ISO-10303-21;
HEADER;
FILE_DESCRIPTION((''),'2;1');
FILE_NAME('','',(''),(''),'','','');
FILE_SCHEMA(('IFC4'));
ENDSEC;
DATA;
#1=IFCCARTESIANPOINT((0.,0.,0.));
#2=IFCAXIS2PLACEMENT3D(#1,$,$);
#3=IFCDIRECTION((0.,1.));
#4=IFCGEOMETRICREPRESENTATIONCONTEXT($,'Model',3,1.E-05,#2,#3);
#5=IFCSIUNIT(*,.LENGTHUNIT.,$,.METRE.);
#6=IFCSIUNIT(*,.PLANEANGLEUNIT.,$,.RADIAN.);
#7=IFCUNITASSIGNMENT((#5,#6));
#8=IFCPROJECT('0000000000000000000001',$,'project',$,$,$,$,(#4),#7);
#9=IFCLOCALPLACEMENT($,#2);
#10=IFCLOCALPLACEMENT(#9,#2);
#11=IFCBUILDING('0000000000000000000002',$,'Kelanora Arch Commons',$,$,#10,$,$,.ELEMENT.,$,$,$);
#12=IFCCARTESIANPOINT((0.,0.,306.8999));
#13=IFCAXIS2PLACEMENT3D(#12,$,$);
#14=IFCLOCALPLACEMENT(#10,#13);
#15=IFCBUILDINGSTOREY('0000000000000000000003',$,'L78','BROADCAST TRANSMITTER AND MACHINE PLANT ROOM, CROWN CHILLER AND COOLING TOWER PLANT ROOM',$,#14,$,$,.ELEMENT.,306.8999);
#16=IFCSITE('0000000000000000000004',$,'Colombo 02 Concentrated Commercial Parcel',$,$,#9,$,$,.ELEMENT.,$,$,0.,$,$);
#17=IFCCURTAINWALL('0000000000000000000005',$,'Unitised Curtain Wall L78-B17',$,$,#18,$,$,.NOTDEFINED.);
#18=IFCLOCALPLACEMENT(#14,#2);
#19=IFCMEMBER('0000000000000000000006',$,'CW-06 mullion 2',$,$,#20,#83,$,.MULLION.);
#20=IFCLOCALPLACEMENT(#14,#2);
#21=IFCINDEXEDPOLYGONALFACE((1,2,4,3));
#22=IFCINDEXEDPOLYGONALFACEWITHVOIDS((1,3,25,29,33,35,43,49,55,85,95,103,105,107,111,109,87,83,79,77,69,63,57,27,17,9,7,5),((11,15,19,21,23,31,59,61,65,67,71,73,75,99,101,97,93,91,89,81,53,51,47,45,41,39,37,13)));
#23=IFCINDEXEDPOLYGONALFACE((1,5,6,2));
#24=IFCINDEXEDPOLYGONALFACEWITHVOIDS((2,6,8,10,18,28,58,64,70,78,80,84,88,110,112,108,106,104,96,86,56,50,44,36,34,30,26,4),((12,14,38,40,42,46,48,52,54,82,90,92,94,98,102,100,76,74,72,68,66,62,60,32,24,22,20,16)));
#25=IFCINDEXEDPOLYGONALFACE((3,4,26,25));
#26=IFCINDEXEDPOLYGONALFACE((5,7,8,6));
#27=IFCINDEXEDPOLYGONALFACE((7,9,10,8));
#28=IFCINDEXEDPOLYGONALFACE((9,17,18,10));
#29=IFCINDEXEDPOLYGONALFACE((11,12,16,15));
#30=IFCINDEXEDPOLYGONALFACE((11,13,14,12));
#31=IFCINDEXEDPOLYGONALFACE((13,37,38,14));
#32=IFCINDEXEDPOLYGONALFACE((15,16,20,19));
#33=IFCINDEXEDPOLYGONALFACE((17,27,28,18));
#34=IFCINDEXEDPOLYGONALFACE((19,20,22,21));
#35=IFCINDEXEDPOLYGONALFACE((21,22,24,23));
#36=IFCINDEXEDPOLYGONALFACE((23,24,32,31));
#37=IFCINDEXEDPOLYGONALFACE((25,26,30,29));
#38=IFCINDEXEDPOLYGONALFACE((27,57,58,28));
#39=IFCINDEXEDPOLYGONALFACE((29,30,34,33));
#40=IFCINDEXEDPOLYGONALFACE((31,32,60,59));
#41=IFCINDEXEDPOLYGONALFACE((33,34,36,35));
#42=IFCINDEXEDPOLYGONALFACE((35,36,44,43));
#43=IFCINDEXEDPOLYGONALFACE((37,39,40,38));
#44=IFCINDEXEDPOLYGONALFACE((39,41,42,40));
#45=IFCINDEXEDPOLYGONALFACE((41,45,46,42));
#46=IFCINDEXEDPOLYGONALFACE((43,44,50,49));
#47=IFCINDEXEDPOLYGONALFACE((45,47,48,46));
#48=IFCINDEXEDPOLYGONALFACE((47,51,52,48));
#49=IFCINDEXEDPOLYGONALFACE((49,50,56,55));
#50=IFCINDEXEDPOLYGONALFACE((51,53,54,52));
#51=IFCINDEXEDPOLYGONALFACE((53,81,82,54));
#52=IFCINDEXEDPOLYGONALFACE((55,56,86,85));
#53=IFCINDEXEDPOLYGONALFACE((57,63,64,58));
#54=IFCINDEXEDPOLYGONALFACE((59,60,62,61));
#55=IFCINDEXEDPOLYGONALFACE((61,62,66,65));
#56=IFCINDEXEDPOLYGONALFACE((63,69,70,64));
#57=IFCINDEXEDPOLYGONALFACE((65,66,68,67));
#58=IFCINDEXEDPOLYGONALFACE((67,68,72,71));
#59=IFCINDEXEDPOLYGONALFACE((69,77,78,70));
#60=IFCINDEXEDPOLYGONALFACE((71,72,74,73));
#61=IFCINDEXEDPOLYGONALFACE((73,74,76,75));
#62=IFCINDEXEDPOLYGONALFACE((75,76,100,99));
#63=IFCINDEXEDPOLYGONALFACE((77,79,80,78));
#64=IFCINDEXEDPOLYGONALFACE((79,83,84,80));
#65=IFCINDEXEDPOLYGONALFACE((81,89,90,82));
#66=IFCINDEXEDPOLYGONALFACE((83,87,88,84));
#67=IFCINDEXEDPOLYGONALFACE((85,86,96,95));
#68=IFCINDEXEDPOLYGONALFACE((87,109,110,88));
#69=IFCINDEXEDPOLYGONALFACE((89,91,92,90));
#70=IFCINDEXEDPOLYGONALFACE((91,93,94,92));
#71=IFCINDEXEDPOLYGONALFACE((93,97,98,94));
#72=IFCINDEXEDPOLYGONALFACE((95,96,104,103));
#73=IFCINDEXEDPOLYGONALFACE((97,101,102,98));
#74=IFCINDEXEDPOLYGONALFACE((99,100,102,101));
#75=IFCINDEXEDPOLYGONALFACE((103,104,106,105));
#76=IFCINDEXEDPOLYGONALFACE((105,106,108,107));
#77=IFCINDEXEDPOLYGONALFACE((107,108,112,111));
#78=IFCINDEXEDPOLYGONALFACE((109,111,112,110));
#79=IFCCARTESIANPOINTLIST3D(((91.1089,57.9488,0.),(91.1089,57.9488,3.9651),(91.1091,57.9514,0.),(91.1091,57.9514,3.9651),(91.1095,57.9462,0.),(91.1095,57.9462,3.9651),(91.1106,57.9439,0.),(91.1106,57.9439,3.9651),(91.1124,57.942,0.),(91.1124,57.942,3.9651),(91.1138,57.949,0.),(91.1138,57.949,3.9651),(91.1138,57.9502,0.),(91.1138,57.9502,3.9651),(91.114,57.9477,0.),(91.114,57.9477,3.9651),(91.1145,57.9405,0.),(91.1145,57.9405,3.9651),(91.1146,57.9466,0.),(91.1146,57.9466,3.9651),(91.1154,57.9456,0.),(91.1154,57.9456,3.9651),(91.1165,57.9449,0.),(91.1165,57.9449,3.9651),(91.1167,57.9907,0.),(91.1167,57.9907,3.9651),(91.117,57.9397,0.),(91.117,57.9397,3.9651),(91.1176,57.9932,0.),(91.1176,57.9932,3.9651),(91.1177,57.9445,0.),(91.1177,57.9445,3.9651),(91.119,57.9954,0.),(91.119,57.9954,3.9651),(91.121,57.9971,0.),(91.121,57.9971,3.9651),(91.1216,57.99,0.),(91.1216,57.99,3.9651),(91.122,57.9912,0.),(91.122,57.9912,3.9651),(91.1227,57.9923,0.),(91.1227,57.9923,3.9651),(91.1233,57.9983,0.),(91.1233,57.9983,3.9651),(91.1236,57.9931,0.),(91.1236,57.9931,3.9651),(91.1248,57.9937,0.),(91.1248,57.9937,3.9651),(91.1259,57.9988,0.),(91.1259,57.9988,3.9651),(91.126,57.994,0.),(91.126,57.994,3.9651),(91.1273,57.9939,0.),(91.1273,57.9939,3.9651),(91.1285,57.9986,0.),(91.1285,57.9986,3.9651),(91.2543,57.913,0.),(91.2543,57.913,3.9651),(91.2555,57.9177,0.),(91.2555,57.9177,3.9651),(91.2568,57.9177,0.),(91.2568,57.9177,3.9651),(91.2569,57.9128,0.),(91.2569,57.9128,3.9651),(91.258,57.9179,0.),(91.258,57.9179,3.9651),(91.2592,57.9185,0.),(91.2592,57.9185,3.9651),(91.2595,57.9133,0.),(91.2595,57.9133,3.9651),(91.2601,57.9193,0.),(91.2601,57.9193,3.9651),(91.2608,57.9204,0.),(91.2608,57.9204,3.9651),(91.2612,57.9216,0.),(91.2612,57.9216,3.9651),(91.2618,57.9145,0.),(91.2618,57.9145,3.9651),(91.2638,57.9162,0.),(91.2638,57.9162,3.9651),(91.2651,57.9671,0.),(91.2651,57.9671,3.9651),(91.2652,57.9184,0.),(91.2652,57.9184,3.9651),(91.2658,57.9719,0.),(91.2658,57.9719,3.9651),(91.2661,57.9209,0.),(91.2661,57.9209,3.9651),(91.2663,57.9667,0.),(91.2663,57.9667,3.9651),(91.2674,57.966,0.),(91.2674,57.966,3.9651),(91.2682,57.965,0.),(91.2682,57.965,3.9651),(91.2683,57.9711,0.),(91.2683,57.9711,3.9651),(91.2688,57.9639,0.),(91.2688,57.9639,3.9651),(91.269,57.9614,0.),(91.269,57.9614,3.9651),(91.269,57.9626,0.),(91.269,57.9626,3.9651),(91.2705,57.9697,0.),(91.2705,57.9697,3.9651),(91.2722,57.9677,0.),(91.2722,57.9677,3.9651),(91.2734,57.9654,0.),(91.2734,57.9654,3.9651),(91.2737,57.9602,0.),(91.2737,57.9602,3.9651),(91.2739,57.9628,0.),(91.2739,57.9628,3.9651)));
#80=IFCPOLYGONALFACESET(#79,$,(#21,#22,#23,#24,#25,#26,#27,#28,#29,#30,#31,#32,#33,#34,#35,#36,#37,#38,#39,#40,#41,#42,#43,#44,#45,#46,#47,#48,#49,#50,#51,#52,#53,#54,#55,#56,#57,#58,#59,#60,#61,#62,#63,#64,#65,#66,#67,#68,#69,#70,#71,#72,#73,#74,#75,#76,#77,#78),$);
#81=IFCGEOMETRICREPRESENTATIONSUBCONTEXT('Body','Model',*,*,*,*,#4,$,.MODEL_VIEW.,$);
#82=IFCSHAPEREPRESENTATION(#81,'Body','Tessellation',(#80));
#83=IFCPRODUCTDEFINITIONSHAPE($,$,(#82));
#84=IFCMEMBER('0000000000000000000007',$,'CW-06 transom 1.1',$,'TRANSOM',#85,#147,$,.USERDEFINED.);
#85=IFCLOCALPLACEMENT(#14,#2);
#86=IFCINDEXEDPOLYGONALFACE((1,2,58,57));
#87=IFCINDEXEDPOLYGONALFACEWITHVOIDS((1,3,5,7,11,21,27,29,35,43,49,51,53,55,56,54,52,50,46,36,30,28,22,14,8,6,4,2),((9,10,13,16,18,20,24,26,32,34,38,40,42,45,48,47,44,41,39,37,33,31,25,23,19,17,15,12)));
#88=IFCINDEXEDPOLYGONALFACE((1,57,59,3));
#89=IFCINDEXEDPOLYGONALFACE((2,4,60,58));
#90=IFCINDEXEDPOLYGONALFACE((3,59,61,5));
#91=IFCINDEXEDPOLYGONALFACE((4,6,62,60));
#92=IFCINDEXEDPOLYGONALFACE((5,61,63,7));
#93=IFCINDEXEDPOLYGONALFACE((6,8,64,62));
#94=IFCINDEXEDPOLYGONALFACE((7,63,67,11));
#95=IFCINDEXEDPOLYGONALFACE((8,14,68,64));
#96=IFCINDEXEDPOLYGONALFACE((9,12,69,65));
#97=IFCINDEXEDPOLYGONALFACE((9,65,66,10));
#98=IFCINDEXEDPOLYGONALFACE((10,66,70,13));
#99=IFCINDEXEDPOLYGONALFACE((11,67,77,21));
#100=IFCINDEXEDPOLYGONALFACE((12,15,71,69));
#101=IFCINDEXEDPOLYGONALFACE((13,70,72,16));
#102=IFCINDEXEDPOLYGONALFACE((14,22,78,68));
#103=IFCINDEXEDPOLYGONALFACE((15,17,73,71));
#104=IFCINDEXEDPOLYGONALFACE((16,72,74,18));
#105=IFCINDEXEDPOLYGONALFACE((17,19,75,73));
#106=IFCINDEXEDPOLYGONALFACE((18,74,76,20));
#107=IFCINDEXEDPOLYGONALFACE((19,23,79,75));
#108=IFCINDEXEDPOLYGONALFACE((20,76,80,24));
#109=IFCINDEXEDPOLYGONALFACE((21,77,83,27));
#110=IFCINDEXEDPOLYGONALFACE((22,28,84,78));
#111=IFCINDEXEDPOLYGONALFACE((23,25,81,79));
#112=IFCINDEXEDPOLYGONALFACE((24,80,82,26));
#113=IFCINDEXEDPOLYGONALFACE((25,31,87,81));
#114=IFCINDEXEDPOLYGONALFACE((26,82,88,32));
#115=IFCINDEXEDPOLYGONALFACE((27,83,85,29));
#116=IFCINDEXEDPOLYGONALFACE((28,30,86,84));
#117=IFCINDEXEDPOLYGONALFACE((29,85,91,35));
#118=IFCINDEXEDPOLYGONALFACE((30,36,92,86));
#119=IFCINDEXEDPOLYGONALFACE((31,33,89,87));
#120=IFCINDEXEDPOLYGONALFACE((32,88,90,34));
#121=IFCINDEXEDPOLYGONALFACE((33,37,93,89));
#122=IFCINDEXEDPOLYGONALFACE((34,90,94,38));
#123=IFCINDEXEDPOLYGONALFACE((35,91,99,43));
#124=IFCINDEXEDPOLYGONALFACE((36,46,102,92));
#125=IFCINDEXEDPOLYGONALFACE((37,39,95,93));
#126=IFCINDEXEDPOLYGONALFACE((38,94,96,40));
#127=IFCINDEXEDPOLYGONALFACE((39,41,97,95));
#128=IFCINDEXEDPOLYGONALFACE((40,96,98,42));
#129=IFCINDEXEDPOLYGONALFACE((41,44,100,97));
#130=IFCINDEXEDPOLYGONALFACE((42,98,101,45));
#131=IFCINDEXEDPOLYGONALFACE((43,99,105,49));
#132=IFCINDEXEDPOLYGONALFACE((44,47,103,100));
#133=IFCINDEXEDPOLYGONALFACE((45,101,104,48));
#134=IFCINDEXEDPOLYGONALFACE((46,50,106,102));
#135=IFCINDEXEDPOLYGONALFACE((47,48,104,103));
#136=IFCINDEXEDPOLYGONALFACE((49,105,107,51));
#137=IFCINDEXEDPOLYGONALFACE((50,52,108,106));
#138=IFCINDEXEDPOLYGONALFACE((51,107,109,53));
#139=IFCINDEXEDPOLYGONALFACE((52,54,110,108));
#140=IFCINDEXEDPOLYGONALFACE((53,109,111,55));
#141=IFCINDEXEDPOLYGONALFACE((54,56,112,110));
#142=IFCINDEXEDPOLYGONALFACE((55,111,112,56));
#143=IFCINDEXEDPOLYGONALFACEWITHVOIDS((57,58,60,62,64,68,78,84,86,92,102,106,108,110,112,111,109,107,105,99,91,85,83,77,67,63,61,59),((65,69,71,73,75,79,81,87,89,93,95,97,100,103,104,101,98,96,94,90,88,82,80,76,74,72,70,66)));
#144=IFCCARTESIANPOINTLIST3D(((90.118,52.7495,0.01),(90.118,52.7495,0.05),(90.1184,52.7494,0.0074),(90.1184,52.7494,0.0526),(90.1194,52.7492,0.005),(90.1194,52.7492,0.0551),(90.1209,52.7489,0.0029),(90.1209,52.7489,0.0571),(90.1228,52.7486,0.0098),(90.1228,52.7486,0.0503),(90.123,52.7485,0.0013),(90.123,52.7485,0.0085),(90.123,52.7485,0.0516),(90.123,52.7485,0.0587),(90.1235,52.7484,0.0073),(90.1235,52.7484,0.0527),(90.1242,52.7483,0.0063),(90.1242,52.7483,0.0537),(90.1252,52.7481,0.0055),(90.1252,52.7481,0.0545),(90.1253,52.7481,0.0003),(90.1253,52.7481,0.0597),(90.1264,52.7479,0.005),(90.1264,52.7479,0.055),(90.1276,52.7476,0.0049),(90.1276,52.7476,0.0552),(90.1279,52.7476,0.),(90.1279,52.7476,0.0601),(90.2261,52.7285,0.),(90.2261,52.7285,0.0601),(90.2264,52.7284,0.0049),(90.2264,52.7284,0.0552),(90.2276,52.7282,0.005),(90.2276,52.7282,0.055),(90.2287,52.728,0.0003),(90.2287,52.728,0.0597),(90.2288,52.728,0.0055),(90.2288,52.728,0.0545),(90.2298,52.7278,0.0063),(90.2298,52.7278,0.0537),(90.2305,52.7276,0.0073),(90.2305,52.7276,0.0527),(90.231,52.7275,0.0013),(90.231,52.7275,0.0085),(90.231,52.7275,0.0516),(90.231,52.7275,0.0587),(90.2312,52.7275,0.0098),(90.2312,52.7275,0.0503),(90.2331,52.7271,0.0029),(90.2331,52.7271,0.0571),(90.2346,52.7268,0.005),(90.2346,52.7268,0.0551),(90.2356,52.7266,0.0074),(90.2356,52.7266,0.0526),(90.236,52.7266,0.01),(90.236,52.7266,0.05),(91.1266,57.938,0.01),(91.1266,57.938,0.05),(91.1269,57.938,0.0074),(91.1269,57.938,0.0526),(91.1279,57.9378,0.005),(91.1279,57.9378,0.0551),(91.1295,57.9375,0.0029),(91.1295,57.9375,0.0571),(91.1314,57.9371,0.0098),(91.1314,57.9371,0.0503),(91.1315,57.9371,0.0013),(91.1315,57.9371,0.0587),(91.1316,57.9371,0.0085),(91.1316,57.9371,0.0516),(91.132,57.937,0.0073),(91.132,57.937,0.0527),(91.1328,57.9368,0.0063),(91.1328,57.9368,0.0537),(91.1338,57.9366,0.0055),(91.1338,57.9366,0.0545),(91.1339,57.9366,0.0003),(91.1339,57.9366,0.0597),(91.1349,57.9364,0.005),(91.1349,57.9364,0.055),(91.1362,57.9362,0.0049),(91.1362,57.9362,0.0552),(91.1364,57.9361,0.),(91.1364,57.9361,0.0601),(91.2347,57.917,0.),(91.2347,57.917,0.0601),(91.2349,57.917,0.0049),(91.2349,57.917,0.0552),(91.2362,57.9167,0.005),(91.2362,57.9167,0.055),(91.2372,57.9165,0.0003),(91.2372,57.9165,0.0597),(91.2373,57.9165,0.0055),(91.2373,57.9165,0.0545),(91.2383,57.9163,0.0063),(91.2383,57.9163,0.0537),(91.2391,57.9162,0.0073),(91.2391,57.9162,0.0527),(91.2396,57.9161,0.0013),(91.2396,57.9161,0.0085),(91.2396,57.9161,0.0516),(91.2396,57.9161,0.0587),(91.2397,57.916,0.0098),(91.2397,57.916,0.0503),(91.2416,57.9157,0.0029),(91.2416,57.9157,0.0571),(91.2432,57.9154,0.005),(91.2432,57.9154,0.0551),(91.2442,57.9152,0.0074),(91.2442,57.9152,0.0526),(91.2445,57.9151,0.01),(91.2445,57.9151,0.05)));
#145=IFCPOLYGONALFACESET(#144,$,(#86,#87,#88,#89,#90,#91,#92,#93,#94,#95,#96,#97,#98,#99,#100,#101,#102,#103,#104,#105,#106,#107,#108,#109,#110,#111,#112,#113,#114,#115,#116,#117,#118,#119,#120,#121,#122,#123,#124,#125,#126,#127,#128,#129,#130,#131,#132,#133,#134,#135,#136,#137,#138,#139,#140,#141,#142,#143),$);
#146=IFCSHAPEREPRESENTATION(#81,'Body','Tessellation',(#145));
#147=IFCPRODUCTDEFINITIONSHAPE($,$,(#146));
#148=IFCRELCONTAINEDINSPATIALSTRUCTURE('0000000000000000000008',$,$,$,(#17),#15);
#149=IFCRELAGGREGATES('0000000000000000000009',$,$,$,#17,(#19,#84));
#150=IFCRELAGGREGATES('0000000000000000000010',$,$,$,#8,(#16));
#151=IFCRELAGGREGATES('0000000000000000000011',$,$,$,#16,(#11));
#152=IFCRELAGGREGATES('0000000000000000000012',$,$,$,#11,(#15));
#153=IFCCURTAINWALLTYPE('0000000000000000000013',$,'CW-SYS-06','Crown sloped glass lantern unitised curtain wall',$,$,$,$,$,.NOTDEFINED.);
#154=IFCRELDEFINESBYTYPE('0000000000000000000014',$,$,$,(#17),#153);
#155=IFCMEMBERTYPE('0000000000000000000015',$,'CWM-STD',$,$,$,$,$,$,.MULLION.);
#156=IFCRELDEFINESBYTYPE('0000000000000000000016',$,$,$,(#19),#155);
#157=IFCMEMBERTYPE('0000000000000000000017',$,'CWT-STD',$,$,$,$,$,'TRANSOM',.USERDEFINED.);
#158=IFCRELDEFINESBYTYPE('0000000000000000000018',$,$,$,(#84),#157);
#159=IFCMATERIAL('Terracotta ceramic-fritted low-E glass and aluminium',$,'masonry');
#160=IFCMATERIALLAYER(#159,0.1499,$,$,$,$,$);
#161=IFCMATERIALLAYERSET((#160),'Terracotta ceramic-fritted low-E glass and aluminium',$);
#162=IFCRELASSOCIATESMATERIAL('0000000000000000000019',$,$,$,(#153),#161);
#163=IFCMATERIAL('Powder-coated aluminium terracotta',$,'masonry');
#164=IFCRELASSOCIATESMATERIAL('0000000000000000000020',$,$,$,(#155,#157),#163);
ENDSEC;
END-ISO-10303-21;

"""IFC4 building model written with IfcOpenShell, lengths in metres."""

from ifc_helpers import new_model, si_unit, direction, frame, origin, origin_2d, place, context, subcontext, project, spatial, hollow_rectangle, extrude, material, layer, layer_set, material_profile, profile_set, type_object, element, aggregate, save


model = new_model("IFC4")

# Units and contexts
model_context = context("Model", 3, precision=1e-05, world=origin(), true_north=direction((0.0, 1.0)))
body_context = subcontext(model_context, "Body", "Model", "MODEL_VIEW")
ifc_project = project(units=[si_unit("LENGTHUNIT", "METRE"), si_unit("PLANEANGLEUNIT", "RADIAN")], contexts=[model_context])

# Site, building, storey
site_placement = place(None, origin())
site = spatial("IfcSite", under=ifc_project, at=site_placement, Name="Colombo 02 Concentrated Commercial Parcel", CompositionType="ELEMENT", RefElevation=0.0)
building_placement = place(site_placement, origin())
building = spatial("IfcBuilding", under=site, at=building_placement, Name="Kelanora Arch Commons", CompositionType="ELEMENT")
storey_placement = place(building_placement, frame((0.0, 0.0, 306.8999)))
storey = spatial("IfcBuildingStorey", under=building, at=storey_placement, Name="L78", Description="BROADCAST TRANSMITTER AND MACHINE PLANT ROOM, CROWN CHILLER AND COOLING TOWER PLANT ROOM", CompositionType="ELEMENT", Elevation=306.8999)

# Shared definitions
ifc_material_1 = material(Name="Terracotta ceramic-fritted low-E glass and aluminium", Category="masonry")
ifc_layer_1 = layer(ifc_material_1, 0.1499)
ifc_layer_set_1 = layer_set([ifc_layer_1], Name="Terracotta ceramic-fritted low-E glass and aluminium")
curtain_wall_type = type_object("IfcCurtainWallType", Name="CW-SYS-06", Description="Crown sloped glass lantern unitised curtain wall", PredefinedType="NOTDEFINED", material=ifc_layer_set_1)
ifc_material_2 = material(Name="Powder-coated aluminium terracotta", Category="masonry")
ifc_material_profile_1 = material_profile(ifc_material_2, hollow_rectangle(XDim=0.1599, YDim=0.0601, WallThickness=0.0049, InnerFilletRadius=0.0049, OuterFilletRadius=0.01, at=origin_2d()), Name="CWM160x60")
ifc_profile_set_1 = profile_set([ifc_material_profile_1], Name="Powder-coated aluminium terracotta")
member_type_1 = type_object("IfcMemberType", Name="CWM-STD", PredefinedType="MULLION", material=ifc_profile_set_1)

# Curtain wall, members
curtain_wall_1_placement = place(storey_placement, origin())
curtain_wall_1 = element("IfcCurtainWall", 1, at=curtain_wall_1_placement, inside=storey, type_object=curtain_wall_type, Name="Unitised Curtain Wall L78-B17", PredefinedType="NOTDEFINED")
member_1_placement = place(storey_placement, frame((91.1914, 57.9558, 0.0), z_axis=(0.0, 0.0, 1.0), x_axis=(-0.981624, 0.190827, 0.0)))
member_1 = element("IfcMember", 2, at=member_1_placement, type_object=member_type_1, Name="CW-06 mullion 2", PredefinedType="MULLION", context=body_context, shape_type="SweptSolid", body=[
    extrude(hollow_rectangle(XDim=0.1599, YDim=0.0601, WallThickness=0.0049, InnerFilletRadius=0.0049, OuterFilletRadius=0.01, at=origin_2d()), origin(), (0.0, 0.0, 1.0), 3.9651),
])
ifc_material_profile_2 = material_profile(ifc_material_2, hollow_rectangle(XDim=0.1201, YDim=0.0601, WallThickness=0.0049, InnerFilletRadius=0.0049, OuterFilletRadius=0.01, at=origin_2d()), Name="CWT120x60")
ifc_profile_set_2 = profile_set([ifc_material_profile_2], Name="Powder-coated aluminium terracotta")
member_type_2 = type_object("IfcMemberType", Name="CWT-STD", ElementType="TRANSOM", PredefinedType="USERDEFINED", material=ifc_profile_set_2)
member_2_placement = place(storey_placement, frame((90.177, 52.738, 0.03), z_axis=(0.19081, 0.981627, 0.0), x_axis=(-0.981627, 0.19081, 0.0)))
member_2 = element("IfcMember", 3, at=member_2_placement, type_object=member_type_2, Name="CW-06 transom 1.1", ObjectType="TRANSOM", PredefinedType="USERDEFINED", context=body_context, shape_type="SweptSolid", body=[
    extrude(hollow_rectangle(XDim=0.1201, YDim=0.0601, WallThickness=0.0049, InnerFilletRadius=0.0049, OuterFilletRadius=0.01, at=origin_2d()), origin(), (0.0, 0.0, 1.0), 5.2856),
])

aggregate(curtain_wall_1, [member_1, member_2])

save(model, "model.ifc")
